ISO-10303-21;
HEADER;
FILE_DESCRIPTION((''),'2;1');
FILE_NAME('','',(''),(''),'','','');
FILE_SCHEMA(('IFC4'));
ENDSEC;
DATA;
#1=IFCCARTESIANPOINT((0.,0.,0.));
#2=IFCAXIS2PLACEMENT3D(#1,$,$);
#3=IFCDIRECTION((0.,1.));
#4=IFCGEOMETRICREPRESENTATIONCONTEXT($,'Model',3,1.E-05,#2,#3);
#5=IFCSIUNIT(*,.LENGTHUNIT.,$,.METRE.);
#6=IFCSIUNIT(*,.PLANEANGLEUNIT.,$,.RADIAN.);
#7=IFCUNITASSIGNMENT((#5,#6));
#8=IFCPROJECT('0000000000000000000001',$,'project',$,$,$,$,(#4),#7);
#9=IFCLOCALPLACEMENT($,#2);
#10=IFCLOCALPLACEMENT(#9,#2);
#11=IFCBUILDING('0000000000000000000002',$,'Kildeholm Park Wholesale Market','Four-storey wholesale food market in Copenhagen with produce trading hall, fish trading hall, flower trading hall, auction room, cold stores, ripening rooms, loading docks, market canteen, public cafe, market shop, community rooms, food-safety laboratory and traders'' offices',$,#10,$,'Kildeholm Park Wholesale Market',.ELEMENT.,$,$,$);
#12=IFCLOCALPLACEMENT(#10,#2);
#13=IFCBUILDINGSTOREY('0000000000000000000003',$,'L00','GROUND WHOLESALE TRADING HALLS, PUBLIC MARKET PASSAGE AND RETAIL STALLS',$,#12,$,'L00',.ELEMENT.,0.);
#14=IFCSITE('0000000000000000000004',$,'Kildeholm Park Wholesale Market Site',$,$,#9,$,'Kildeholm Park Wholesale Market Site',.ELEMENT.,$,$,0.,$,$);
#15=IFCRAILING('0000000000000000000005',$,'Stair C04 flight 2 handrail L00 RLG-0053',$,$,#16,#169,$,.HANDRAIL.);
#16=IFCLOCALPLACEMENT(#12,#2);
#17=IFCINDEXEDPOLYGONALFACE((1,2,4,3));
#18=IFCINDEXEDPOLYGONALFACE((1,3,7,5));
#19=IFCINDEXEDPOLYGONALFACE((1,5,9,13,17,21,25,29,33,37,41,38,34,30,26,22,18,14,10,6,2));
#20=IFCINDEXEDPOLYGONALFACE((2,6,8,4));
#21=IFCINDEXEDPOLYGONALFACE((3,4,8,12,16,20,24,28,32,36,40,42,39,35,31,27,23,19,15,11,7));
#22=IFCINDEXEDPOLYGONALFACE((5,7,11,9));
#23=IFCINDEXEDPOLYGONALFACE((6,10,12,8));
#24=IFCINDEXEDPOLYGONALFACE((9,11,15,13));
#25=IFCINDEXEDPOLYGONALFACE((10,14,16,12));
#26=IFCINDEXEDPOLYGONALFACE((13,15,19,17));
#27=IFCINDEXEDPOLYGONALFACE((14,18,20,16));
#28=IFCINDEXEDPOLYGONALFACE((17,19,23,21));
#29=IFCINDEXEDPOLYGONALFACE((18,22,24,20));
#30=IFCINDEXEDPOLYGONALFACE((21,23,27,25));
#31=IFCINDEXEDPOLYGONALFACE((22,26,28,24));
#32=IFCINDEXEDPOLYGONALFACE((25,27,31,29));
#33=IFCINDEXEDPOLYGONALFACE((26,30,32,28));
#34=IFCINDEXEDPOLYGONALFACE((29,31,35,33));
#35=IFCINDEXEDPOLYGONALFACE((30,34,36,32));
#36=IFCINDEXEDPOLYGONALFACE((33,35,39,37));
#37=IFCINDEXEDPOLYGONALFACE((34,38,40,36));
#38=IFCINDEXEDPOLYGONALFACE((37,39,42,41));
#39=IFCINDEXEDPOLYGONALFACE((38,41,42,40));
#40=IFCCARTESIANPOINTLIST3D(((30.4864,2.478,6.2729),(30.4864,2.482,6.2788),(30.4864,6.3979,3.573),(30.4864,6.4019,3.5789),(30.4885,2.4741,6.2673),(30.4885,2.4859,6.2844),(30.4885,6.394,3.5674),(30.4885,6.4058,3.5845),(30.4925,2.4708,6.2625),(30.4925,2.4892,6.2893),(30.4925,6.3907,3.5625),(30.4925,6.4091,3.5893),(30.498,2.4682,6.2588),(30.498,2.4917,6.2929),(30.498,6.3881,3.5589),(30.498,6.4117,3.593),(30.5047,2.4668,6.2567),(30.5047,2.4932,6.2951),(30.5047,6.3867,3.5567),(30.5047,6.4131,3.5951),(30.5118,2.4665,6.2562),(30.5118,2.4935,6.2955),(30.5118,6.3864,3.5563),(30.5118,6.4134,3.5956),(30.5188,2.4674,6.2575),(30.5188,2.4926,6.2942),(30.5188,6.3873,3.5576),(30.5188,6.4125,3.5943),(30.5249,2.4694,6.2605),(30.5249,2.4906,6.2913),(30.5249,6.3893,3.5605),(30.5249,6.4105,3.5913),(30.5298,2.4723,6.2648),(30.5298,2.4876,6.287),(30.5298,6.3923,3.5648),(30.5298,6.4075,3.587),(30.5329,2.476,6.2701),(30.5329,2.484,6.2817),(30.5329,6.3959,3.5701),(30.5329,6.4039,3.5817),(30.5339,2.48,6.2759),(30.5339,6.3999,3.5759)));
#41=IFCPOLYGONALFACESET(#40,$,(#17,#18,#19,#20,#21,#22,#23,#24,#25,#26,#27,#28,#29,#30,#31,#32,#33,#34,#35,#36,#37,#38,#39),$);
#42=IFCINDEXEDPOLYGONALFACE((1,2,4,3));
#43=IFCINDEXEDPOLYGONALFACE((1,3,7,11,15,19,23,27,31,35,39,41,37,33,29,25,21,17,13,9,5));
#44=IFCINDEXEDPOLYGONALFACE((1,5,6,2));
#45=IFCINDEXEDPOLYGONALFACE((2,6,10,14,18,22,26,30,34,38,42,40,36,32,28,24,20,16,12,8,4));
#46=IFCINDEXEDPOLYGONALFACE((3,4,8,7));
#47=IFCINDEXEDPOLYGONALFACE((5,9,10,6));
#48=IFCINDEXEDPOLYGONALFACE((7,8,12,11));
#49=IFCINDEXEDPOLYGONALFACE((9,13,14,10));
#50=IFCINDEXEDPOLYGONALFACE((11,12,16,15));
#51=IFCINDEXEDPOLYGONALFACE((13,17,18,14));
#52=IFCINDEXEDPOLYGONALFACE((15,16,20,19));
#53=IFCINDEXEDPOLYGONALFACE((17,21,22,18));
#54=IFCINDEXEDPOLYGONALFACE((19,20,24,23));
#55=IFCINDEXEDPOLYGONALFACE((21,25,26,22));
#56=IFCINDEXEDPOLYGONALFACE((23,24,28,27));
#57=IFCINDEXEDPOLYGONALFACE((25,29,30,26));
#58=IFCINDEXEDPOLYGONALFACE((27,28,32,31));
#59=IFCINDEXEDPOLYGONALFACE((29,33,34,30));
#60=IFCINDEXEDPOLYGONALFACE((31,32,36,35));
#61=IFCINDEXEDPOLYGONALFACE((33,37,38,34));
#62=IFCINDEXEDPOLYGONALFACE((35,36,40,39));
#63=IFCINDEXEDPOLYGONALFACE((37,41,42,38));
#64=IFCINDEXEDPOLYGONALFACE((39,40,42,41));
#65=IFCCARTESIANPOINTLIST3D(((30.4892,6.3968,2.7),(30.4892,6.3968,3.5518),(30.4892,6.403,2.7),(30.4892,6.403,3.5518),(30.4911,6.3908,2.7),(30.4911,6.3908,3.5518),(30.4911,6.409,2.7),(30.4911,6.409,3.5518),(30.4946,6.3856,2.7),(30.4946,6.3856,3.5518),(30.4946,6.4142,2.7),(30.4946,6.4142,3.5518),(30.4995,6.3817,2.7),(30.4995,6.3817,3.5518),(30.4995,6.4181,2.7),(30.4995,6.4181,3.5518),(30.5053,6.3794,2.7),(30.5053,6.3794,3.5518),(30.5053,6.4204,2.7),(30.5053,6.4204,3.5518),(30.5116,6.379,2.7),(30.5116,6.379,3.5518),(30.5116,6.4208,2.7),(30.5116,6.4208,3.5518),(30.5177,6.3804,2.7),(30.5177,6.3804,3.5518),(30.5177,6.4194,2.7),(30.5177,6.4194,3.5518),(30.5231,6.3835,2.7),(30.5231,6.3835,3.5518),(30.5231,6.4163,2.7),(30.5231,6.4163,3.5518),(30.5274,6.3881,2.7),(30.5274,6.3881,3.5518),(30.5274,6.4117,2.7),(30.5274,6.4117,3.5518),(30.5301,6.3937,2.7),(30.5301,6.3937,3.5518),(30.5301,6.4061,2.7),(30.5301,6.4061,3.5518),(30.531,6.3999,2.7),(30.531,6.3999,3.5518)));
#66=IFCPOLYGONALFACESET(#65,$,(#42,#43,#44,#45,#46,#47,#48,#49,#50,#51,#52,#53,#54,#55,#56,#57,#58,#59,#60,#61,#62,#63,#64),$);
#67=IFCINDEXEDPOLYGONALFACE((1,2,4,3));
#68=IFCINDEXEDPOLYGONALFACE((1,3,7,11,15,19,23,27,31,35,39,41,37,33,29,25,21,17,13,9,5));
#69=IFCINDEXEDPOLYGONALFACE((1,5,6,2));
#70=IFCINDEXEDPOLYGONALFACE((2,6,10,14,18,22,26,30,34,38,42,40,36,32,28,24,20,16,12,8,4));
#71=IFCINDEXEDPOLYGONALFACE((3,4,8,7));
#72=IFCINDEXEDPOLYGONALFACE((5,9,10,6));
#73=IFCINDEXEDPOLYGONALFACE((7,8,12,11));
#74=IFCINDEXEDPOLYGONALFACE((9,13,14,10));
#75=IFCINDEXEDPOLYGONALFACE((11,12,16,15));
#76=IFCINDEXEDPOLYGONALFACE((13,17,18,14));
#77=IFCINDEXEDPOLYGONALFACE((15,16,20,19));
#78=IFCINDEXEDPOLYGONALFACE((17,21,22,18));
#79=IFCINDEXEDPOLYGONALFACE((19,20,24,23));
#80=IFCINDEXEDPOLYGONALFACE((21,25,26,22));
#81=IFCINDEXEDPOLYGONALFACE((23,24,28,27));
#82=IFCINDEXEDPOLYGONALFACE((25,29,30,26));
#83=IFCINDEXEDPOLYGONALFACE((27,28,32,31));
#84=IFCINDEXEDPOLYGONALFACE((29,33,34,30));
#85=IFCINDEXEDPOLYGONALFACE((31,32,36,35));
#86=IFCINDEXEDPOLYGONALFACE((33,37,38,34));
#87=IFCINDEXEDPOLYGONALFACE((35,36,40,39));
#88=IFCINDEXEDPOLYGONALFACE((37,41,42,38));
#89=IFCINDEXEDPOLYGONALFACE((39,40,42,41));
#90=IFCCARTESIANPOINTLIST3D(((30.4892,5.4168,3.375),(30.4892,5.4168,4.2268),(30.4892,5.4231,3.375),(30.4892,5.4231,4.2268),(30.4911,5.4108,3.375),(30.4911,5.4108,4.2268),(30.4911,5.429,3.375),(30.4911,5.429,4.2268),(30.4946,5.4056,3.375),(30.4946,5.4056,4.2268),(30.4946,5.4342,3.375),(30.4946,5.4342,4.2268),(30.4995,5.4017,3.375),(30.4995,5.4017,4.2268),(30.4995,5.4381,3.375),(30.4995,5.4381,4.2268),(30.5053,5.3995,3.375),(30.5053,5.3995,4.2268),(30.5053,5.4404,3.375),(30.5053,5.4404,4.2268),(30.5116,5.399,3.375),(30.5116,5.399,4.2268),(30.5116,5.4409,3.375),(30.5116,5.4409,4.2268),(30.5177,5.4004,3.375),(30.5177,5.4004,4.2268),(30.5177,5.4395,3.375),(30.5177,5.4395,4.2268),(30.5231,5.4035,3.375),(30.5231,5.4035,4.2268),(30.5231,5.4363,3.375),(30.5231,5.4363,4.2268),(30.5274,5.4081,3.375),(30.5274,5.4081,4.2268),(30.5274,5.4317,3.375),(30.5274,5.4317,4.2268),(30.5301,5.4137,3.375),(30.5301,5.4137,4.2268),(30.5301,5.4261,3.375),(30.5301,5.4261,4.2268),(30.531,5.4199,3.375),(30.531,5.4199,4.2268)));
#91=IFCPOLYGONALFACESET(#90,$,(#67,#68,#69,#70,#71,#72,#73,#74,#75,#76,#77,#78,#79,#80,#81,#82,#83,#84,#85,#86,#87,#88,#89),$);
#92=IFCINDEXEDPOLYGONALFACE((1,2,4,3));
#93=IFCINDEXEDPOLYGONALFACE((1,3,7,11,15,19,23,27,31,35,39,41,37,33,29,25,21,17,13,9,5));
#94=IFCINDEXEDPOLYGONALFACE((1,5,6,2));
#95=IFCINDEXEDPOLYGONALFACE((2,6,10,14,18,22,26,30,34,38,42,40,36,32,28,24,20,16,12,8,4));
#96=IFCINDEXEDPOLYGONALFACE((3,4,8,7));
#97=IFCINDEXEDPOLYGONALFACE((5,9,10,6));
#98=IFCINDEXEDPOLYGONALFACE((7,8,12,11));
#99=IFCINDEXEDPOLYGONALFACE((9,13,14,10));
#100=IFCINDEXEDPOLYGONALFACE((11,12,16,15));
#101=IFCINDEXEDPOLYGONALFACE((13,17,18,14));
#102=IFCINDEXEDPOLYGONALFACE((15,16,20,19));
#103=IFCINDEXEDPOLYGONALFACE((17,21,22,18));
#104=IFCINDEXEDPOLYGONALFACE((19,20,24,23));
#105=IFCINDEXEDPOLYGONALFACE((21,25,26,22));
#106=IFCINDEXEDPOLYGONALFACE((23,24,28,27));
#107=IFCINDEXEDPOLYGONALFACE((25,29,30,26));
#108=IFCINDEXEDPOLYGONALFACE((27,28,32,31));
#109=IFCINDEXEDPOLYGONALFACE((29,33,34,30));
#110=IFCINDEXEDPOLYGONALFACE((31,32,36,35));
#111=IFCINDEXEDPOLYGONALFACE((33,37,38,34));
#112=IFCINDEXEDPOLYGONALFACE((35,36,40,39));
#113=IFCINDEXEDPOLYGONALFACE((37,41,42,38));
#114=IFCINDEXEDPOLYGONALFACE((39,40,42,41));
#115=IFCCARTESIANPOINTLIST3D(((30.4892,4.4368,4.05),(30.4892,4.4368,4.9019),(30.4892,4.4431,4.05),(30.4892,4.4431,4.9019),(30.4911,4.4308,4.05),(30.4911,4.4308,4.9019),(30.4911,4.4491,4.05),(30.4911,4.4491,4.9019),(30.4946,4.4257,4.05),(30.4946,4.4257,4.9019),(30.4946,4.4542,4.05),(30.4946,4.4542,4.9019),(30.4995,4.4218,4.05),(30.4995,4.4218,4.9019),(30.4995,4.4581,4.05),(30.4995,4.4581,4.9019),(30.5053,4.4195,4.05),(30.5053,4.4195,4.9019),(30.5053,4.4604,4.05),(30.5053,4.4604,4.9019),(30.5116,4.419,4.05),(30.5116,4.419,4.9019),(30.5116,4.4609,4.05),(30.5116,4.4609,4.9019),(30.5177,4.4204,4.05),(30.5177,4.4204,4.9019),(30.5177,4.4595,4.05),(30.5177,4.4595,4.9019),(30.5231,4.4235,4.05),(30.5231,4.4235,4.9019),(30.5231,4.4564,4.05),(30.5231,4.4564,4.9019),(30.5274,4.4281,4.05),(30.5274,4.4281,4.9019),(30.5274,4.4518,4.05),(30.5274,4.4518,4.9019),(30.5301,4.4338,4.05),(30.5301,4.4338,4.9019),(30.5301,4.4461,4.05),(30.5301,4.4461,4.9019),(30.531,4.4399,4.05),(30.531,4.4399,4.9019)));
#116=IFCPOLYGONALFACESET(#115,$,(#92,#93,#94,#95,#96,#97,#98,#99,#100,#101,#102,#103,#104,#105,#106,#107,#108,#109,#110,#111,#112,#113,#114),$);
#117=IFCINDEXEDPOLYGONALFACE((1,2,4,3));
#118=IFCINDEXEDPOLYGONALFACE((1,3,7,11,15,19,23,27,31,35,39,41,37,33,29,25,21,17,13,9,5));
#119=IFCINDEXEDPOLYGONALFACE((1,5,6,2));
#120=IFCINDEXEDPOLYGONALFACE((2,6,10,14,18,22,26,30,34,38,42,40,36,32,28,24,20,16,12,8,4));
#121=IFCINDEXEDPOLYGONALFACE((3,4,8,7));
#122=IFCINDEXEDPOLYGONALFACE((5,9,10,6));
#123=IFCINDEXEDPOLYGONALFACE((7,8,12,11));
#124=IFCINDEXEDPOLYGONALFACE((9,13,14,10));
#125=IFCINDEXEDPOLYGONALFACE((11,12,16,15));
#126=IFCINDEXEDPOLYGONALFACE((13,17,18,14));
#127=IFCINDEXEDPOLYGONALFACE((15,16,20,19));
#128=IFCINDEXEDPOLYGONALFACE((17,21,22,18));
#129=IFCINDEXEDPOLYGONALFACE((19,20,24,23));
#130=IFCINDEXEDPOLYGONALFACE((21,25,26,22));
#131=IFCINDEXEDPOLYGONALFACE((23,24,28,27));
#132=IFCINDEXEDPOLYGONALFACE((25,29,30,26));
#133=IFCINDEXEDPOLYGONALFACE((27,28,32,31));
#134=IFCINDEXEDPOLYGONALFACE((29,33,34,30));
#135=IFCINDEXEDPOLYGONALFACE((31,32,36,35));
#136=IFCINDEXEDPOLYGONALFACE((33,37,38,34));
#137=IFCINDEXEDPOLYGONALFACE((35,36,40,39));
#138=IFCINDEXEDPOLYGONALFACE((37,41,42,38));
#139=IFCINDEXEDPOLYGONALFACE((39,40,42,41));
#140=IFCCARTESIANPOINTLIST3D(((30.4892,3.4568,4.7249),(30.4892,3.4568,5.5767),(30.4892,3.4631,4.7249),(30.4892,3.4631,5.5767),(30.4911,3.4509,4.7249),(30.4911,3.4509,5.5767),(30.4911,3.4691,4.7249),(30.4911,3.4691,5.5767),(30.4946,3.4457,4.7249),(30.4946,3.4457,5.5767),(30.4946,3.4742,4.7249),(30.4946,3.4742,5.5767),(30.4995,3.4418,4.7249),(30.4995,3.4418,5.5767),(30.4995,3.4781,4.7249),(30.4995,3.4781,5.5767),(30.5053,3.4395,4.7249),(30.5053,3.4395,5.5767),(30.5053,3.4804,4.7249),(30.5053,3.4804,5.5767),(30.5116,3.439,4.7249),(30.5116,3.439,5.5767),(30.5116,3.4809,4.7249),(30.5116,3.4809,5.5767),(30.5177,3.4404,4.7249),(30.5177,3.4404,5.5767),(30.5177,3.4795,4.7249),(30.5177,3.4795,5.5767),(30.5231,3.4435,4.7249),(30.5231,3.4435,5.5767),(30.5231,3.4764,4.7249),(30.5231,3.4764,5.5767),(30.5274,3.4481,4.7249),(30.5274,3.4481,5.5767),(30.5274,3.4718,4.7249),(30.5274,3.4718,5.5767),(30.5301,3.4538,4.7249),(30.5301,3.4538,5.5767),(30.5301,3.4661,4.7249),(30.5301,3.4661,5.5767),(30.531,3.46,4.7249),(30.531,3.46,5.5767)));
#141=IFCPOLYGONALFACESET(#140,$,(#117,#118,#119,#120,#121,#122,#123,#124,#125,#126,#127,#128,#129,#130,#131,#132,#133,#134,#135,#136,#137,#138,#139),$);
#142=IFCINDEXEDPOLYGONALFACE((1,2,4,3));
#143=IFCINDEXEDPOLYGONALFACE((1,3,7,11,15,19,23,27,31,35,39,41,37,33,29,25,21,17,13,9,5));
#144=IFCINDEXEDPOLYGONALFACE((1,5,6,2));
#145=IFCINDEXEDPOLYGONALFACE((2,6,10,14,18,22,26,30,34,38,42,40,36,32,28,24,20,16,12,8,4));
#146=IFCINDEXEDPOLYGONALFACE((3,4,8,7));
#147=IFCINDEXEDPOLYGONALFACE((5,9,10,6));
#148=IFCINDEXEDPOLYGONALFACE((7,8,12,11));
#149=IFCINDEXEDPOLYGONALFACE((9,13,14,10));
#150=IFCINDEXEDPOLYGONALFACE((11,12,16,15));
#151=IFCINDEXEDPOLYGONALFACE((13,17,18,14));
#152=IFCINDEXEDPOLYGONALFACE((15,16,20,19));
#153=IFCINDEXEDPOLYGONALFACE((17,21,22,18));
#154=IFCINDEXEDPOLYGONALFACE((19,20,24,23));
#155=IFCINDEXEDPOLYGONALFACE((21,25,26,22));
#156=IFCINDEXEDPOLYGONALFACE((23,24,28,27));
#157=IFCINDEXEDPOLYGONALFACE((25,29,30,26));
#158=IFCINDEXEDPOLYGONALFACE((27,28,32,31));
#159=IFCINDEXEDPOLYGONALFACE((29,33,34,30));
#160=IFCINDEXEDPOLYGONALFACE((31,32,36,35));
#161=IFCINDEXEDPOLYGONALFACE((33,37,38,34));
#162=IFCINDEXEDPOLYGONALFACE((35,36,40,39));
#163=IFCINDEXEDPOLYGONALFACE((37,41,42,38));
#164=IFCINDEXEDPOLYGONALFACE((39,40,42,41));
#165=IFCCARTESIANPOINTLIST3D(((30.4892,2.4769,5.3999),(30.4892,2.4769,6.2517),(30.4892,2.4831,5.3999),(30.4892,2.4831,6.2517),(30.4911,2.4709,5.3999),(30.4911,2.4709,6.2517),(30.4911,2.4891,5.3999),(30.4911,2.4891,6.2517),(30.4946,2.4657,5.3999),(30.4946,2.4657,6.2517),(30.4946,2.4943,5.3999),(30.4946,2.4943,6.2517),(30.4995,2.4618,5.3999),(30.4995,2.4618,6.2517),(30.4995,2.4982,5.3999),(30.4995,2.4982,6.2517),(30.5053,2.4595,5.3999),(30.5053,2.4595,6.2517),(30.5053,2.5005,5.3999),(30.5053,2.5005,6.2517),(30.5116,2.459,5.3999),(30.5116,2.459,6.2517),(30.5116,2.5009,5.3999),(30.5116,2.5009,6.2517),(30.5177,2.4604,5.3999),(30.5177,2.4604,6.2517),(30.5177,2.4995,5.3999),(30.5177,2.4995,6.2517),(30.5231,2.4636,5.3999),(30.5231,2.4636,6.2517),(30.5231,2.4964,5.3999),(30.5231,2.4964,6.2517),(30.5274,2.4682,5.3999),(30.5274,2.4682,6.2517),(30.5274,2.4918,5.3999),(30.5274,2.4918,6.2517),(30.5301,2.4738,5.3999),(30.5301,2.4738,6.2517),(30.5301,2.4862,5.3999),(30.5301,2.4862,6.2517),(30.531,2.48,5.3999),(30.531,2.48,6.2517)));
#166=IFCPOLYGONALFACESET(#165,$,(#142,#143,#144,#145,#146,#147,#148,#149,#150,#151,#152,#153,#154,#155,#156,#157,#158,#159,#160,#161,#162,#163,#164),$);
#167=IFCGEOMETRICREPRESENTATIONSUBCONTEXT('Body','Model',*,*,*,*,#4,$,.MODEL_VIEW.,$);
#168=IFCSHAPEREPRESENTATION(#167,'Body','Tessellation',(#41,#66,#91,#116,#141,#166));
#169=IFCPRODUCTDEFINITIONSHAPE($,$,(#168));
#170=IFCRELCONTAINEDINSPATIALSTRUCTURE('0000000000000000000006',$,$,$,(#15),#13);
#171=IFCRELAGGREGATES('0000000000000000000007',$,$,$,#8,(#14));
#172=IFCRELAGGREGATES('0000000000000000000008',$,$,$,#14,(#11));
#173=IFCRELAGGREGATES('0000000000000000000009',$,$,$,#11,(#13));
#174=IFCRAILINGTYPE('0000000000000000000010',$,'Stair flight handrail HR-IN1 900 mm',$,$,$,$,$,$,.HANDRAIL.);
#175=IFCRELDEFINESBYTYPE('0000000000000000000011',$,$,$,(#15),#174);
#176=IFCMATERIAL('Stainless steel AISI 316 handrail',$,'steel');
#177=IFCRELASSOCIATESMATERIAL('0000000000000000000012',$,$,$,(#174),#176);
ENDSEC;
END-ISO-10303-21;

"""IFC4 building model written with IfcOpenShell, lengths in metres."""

from ifc_helpers import new_model, si_unit, direction, frame, origin, origin_2d, place, context, subcontext, project, spatial, circle, extrude, material, type_object, element, save


model = new_model("IFC4")

# Units and contexts
model_context = context("Model", 3, precision=1e-05, world=origin(), true_north=direction((0.0, 1.0)))
body_context = subcontext(model_context, "Body", "Model", "MODEL_VIEW")
ifc_project = project(units=[si_unit("LENGTHUNIT", "METRE"), si_unit("PLANEANGLEUNIT", "RADIAN")], contexts=[model_context])

# Site, building, storey
site_placement = place(None, origin())
site = spatial("IfcSite", under=ifc_project, at=site_placement, Name="Kildeholm Park Wholesale Market Site", LongName="Kildeholm Park Wholesale Market Site", CompositionType="ELEMENT", RefElevation=0.0)
building_placement = place(site_placement, origin())
building = spatial("IfcBuilding", under=site, at=building_placement, Name="Kildeholm Park Wholesale Market", Description="Four-storey wholesale food market in Copenhagen with produce trading hall, fish trading hall, flower trading hall, auction room, cold stores, ripening rooms, loading docks, market canteen, public cafe, market shop, community rooms, food-safety laboratory and traders' offices", LongName="Kildeholm Park Wholesale Market", CompositionType="ELEMENT")
storey_placement = place(building_placement, origin())
storey = spatial("IfcBuildingStorey", under=building, at=storey_placement, Name="L00", Description="GROUND WHOLESALE TRADING HALLS, PUBLIC MARKET PASSAGE AND RETAIL STALLS", LongName="L00", CompositionType="ELEMENT", Elevation=0.0)

# Railing
ifc_material_1 = material(Name="Stainless steel AISI 316 handrail", Category="steel")
railing_type_1 = type_object("IfcRailingType", Name="Stair flight handrail HR-IN1 900 mm", PredefinedType="HANDRAIL", material=ifc_material_1)
railing_1_placement = place(storey_placement, frame((30.51, 6.3999, 2.7)))
element("IfcRailing", 1, at=railing_1_placement, inside=storey, type_object=railing_type_1, Name="Stair C04 flight 2 handrail L00 RLG-0053", PredefinedType="HANDRAIL", context=body_context, shape_type="SweptSolid", body=[
    extrude(circle(Radius=0.0239, at=origin_2d()), frame((0.0, 0.0, 0.876), z_axis=(0.0, -0.823551, 0.567243), x_axis=(1.0, 0.0, 0.0)), (0.0, 0.0, 1.0), 4.7598),
    extrude(circle(Radius=0.021, at=origin_2d()), origin(), (0.0, 0.0, 1.0), 0.8518),
    extrude(circle(Radius=0.021, at=origin_2d()), frame((0.0, -0.98, 0.675)), (0.0, 0.0, 1.0), 0.8518),
    extrude(circle(Radius=0.021, at=origin_2d()), frame((0.0, -1.96, 1.3501)), (0.0, 0.0, 1.0), 0.8518),
    extrude(circle(Radius=0.021, at=origin_2d()), frame((0.0, -2.9399, 2.0249)), (0.0, 0.0, 1.0), 0.8518),
    extrude(circle(Radius=0.021, at=origin_2d()), frame((0.0, -3.9199, 2.7)), (0.0, 0.0, 1.0), 0.8518),
])

save(model, "model.ifc")
